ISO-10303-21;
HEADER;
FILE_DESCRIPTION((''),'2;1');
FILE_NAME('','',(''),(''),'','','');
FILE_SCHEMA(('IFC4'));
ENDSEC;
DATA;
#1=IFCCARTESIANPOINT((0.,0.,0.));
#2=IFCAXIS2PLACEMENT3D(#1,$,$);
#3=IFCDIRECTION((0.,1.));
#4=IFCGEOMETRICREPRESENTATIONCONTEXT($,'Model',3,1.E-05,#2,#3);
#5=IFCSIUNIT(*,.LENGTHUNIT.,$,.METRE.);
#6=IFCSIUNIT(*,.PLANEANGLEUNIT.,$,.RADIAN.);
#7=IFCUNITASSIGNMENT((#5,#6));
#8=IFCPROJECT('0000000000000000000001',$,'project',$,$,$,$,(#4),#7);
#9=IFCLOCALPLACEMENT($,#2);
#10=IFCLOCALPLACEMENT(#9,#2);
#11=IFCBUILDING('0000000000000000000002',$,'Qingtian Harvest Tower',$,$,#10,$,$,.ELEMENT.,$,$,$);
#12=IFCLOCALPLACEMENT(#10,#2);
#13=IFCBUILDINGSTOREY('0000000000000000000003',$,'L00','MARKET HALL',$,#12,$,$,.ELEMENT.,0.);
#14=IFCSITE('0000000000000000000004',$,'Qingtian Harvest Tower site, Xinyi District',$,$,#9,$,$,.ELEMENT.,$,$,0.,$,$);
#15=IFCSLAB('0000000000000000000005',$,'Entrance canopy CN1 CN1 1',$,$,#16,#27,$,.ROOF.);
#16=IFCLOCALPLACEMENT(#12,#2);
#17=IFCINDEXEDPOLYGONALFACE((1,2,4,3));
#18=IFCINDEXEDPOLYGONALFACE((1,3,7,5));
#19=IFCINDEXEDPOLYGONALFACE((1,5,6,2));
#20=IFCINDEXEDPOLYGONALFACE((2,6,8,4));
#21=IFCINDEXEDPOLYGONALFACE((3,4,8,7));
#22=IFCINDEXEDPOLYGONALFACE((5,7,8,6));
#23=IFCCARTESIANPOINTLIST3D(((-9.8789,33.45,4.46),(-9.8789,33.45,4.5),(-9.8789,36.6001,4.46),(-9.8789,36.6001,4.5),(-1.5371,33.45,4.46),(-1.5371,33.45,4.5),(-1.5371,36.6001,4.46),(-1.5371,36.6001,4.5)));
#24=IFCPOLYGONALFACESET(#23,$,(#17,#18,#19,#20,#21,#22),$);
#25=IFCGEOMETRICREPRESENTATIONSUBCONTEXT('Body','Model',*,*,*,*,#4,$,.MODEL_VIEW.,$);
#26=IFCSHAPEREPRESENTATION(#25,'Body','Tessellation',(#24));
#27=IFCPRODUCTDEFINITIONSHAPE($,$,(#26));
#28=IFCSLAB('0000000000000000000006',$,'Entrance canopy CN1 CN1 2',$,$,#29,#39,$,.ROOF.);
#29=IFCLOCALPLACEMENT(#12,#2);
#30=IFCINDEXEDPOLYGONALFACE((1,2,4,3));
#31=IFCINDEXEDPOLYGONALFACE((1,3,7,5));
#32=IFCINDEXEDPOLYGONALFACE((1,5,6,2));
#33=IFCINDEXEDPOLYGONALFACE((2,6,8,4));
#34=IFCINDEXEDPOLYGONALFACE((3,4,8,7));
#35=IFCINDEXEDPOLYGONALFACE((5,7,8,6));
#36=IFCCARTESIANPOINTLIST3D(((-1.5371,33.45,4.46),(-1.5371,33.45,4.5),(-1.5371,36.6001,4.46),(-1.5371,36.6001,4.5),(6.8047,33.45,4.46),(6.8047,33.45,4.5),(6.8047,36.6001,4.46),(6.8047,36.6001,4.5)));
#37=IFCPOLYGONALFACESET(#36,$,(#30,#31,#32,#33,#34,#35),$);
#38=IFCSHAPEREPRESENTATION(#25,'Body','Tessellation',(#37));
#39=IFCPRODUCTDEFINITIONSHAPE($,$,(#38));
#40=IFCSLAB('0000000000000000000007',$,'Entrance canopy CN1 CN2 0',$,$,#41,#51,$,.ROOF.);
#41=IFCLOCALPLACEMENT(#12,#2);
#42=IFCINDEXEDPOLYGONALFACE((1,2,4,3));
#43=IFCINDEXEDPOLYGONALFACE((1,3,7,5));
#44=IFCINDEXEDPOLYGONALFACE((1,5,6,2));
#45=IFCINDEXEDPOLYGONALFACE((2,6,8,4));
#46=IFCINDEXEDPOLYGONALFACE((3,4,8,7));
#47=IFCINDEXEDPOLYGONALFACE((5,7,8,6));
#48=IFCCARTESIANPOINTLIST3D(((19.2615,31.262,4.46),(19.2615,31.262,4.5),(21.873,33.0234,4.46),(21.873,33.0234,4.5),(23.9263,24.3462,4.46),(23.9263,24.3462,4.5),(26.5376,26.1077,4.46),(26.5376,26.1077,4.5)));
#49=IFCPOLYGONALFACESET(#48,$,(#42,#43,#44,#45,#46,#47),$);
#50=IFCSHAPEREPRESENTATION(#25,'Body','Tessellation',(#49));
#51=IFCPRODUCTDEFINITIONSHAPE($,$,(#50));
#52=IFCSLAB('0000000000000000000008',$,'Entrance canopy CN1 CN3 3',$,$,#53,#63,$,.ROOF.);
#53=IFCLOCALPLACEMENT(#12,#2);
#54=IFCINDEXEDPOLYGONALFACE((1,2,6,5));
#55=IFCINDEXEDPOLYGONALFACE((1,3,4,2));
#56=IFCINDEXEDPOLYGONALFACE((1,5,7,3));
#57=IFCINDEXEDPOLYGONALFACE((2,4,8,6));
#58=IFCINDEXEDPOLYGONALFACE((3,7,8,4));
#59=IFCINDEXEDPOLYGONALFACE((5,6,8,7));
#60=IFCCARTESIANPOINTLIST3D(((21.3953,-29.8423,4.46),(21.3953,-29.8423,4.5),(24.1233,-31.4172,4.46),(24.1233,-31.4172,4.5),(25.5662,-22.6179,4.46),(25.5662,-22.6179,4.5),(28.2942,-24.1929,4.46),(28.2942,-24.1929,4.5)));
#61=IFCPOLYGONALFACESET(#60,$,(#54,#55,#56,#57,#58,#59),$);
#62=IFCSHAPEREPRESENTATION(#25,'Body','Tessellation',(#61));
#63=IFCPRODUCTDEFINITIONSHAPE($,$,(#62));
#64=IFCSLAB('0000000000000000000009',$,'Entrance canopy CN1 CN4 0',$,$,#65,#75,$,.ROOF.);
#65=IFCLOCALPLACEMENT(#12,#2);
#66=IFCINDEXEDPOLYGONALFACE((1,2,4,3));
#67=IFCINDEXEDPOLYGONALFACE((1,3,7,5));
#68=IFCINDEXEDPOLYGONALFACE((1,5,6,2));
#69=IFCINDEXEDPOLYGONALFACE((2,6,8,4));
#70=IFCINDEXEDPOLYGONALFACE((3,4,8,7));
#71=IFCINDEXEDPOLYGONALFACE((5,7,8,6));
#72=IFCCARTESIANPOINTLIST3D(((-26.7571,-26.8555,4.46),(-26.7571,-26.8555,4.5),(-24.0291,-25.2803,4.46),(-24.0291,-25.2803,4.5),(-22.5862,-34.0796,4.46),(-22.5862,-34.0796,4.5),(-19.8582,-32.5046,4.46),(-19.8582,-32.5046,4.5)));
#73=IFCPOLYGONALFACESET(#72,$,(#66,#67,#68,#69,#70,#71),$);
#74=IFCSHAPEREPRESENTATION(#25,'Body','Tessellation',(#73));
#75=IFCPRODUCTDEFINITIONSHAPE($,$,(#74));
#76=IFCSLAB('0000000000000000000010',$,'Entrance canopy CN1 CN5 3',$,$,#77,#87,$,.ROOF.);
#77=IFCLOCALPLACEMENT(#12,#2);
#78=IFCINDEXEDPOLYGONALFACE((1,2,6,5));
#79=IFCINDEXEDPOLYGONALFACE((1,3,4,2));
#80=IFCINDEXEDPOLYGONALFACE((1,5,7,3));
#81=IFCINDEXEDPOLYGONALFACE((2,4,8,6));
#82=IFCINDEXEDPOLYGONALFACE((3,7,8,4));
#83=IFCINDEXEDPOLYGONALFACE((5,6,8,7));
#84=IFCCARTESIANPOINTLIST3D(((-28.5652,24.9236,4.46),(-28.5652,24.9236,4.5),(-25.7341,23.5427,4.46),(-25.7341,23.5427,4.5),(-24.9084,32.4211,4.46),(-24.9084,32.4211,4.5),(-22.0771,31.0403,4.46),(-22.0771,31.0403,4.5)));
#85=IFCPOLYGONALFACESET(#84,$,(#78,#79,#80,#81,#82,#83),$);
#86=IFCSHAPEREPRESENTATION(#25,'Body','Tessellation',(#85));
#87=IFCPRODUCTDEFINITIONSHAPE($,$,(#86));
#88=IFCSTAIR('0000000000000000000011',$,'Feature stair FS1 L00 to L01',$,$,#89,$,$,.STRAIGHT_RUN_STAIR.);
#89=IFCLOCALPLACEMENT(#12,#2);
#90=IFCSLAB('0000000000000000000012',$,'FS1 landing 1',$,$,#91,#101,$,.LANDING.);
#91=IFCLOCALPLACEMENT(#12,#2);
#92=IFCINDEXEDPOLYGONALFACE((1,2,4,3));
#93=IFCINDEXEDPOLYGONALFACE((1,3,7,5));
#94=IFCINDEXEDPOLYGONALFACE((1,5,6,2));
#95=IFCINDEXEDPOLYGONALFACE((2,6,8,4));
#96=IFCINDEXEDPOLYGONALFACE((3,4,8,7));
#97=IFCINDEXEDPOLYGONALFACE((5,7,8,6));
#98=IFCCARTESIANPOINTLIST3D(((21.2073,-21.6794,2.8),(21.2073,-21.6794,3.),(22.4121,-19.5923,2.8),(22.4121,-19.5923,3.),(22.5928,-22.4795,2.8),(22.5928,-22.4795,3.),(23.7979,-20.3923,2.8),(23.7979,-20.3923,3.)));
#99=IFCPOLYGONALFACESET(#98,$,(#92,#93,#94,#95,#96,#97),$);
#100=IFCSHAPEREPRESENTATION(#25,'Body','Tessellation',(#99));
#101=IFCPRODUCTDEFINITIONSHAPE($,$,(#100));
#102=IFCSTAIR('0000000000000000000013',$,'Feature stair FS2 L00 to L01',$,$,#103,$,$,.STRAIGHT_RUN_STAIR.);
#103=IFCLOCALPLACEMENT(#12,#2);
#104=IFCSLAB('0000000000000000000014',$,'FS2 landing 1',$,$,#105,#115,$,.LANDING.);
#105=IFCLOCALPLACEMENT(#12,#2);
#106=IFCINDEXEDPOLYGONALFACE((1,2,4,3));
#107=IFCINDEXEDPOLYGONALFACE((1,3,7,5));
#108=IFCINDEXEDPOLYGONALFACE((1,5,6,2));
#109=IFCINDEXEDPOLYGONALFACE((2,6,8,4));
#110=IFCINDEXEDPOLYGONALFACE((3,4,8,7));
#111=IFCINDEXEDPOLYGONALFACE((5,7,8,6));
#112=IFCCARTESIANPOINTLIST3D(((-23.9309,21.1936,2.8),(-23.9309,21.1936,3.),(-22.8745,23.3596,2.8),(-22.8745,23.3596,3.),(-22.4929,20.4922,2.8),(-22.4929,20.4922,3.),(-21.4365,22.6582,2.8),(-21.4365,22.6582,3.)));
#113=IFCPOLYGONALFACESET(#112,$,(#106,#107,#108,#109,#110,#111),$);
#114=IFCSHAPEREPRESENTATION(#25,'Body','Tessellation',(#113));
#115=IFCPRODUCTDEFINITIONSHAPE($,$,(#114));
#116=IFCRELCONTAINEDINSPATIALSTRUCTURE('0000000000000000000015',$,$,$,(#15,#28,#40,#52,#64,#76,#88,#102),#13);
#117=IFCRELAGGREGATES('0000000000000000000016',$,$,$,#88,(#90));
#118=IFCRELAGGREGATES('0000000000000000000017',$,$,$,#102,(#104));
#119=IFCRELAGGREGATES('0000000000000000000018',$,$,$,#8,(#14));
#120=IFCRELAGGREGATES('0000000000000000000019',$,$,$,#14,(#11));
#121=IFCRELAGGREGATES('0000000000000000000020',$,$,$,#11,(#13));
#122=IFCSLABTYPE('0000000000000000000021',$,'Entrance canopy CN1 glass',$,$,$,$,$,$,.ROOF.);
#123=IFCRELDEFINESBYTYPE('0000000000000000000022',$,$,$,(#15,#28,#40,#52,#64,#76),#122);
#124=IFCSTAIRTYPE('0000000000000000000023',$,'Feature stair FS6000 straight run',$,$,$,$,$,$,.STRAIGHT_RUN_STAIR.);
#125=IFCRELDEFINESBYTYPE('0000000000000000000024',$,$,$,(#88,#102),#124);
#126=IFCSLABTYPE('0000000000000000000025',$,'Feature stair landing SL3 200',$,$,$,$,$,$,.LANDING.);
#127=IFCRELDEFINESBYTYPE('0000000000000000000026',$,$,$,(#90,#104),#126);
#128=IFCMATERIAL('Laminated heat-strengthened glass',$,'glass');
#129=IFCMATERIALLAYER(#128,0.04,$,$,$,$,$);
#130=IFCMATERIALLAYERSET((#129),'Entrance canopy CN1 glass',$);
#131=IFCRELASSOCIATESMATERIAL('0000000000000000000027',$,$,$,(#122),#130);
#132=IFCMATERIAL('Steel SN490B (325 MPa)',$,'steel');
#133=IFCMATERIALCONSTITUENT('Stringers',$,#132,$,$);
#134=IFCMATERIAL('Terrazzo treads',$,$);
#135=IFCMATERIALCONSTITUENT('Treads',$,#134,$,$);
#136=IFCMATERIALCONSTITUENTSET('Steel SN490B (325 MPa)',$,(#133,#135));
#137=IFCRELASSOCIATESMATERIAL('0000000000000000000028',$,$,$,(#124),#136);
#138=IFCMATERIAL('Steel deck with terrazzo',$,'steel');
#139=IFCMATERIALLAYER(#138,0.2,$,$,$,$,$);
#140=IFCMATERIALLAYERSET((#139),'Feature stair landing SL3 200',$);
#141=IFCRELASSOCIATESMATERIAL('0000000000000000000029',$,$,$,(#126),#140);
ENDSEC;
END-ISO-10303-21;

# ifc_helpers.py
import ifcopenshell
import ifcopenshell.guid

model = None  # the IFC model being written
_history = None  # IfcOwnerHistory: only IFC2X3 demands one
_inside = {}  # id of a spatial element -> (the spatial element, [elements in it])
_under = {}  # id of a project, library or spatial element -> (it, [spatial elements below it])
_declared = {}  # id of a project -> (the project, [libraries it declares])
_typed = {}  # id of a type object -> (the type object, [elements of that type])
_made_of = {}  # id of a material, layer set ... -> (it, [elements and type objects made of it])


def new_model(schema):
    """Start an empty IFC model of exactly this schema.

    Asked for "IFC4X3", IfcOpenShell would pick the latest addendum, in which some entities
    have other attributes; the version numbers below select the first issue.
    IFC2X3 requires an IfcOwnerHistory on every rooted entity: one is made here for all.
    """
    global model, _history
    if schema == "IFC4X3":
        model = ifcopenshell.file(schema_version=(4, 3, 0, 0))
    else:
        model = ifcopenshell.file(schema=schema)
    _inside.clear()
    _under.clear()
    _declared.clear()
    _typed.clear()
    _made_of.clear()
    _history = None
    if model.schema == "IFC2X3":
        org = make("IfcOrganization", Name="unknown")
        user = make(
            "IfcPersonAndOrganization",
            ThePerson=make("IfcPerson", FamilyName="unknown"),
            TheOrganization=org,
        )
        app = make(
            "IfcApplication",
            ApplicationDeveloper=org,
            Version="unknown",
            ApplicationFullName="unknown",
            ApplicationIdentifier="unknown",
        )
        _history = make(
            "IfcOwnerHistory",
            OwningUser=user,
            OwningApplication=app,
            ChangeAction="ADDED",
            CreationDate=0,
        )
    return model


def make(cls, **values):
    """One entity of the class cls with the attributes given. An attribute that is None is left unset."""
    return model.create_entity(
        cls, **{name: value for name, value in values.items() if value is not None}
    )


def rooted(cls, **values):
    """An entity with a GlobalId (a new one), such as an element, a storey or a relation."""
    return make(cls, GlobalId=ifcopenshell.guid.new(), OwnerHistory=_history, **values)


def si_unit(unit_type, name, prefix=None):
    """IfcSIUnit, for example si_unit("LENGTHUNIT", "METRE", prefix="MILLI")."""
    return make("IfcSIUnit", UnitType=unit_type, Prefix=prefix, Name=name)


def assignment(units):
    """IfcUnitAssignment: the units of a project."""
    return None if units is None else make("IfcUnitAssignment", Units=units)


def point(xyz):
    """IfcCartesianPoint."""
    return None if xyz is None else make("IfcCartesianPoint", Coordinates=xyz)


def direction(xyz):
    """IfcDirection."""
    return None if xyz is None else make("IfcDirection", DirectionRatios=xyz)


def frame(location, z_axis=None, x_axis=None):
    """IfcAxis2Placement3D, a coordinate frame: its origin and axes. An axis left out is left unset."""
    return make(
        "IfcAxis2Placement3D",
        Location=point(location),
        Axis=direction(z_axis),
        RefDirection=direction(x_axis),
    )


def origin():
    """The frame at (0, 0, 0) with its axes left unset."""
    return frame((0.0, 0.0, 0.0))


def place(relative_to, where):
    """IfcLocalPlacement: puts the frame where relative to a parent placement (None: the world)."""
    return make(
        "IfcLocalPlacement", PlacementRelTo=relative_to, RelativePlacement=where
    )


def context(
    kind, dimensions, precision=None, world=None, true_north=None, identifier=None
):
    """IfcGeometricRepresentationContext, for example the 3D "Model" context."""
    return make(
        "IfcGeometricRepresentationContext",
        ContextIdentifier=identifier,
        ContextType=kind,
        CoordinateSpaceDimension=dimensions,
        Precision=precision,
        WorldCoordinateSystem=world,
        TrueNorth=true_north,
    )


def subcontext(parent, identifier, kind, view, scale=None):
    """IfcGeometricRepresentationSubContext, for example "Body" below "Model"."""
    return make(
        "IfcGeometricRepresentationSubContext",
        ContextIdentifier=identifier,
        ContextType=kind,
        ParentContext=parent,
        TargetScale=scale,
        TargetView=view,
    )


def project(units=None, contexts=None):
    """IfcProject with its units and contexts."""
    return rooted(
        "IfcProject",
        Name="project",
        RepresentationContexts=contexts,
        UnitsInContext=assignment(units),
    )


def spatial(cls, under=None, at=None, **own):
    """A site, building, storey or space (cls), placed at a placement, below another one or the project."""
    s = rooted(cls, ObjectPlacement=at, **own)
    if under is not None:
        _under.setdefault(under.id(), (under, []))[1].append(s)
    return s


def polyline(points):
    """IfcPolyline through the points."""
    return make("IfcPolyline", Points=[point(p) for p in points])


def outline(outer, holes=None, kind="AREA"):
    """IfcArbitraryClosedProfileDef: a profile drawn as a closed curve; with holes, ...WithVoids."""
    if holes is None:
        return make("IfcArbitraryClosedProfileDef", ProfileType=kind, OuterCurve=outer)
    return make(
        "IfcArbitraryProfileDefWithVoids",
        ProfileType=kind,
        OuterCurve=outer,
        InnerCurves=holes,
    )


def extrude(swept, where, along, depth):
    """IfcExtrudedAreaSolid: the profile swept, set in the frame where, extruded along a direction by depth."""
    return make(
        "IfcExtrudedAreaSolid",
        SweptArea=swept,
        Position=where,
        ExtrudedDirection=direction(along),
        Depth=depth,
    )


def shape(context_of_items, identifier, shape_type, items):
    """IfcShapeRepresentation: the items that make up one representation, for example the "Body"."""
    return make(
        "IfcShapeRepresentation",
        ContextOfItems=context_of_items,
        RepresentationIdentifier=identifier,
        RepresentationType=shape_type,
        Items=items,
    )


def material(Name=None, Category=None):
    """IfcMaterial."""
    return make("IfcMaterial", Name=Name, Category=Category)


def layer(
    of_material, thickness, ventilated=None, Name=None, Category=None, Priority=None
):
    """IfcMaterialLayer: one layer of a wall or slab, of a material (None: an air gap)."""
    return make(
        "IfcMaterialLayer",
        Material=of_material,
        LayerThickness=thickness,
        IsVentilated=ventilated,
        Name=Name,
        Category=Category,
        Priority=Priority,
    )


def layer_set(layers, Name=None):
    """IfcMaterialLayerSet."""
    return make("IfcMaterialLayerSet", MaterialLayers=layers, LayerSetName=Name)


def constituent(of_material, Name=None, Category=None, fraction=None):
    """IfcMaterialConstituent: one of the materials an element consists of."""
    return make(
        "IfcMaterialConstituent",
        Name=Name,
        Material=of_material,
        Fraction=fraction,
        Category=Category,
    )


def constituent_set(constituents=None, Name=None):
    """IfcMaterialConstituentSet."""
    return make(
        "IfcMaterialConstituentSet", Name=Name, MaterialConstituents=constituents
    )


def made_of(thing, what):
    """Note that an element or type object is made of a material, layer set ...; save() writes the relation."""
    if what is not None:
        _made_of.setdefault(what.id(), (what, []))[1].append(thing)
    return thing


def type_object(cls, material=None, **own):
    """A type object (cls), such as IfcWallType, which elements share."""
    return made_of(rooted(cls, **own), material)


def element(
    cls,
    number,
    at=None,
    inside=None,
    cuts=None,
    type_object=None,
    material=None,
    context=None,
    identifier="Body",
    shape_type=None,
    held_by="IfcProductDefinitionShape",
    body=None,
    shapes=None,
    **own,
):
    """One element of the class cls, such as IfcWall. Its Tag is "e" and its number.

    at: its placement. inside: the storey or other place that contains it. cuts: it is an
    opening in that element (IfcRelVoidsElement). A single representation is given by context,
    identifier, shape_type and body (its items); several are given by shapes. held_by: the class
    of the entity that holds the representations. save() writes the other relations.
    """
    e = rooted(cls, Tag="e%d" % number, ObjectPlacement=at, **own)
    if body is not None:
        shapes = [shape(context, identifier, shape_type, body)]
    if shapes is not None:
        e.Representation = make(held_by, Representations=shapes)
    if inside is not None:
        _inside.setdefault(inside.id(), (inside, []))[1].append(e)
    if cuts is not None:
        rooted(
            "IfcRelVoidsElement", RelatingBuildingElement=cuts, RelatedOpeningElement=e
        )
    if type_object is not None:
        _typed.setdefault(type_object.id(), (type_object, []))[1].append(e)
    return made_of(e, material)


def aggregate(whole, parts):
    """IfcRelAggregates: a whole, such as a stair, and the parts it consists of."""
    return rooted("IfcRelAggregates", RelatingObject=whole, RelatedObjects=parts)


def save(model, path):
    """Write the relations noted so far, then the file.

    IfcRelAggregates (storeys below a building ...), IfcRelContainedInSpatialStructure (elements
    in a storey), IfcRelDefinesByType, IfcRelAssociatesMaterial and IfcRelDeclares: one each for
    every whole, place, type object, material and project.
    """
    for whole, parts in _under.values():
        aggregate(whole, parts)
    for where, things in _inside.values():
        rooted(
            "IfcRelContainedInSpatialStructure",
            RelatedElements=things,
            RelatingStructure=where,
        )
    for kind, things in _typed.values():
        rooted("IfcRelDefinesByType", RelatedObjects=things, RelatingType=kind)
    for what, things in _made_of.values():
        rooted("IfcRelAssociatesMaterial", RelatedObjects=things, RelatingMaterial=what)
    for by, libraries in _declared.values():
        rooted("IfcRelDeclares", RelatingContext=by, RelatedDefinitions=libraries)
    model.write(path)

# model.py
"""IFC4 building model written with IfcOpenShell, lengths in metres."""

from ifc_helpers import new_model, si_unit, direction, frame, origin, place, context, subcontext, project, spatial, polyline, outline, extrude, material, layer, layer_set, constituent, constituent_set, type_object, element, aggregate, save


model = new_model("IFC4")

# Units and contexts
model_context = context("Model", 3, precision=1e-05, world=origin(), true_north=direction((0.0, 1.0)))
body_context = subcontext(model_context, "Body", "Model", "MODEL_VIEW")
ifc_project = project(units=[si_unit("LENGTHUNIT", "METRE"), si_unit("PLANEANGLEUNIT", "RADIAN")], contexts=[model_context])

# Site, building, storey
site_placement = place(None, origin())
site = spatial("IfcSite", under=ifc_project, at=site_placement, Name="Qingtian Harvest Tower site, Xinyi District", CompositionType="ELEMENT", RefElevation=0.0)
building_placement = place(site_placement, origin())
building = spatial("IfcBuilding", under=site, at=building_placement, Name="Qingtian Harvest Tower", CompositionType="ELEMENT")
storey_placement = place(building_placement, origin())
storey = spatial("IfcBuildingStorey", under=building, at=storey_placement, Name="L00", Description="MARKET HALL", CompositionType="ELEMENT", Elevation=0.0)

# Slabs
ifc_material_1 = material(Name="Laminated heat-strengthened glass", Category="glass")
ifc_layer_1 = layer(ifc_material_1, 0.04)
ifc_layer_set_1 = layer_set([ifc_layer_1], Name="Entrance canopy CN1 glass")
slab_type_1 = type_object("IfcSlabType", Name="Entrance canopy CN1 glass", PredefinedType="ROOF", material=ifc_layer_set_1)
slab_1_placement = place(storey_placement, frame((0.0, 0.0, 4.46)))
element("IfcSlab", 1, at=slab_1_placement, inside=storey, type_object=slab_type_1, Name="Entrance canopy CN1 CN1 1", PredefinedType="ROOF", context=body_context, shape_type="SweptSolid", body=[
    extrude(outline(polyline([(-9.8789, 33.45), (-1.5371, 33.45), (-1.5371, 36.6001), (-9.8789, 36.6001), (-9.8789, 33.45)])), origin(), (0.0, 0.0, 1.0), 0.04),
])
slab_2_placement = place(storey_placement, frame((0.0, 0.0, 4.46)))
element("IfcSlab", 2, at=slab_2_placement, inside=storey, type_object=slab_type_1, Name="Entrance canopy CN1 CN1 2", PredefinedType="ROOF", context=body_context, shape_type="SweptSolid", body=[
    extrude(outline(polyline([(-1.5371, 33.45), (6.8047, 33.45), (6.8047, 36.6001), (-1.5371, 36.6001), (-1.5371, 33.45)])), origin(), (0.0, 0.0, 1.0), 0.04),
])
slab_3_placement = place(storey_placement, frame((0.0, 0.0, 4.46)))
element("IfcSlab", 3, at=slab_3_placement, inside=storey, type_object=slab_type_1, Name="Entrance canopy CN1 CN2 0", PredefinedType="ROOF", context=body_context, shape_type="SweptSolid", body=[
    extrude(outline(polyline([(19.2615, 31.262), (23.9263, 24.3462), (26.5376, 26.1077), (21.873, 33.0234), (19.2615, 31.262)])), origin(), (0.0, 0.0, 1.0), 0.04),
])
slab_4_placement = place(storey_placement, frame((0.0, 0.0, 4.46)))
element("IfcSlab", 4, at=slab_4_placement, inside=storey, type_object=slab_type_1, Name="Entrance canopy CN1 CN3 3", PredefinedType="ROOF", context=body_context, shape_type="SweptSolid", body=[
    extrude(outline(polyline([(25.5662, -22.6179), (21.3953, -29.8423), (24.1233, -31.4172), (28.2942, -24.1929), (25.5662, -22.6179)])), origin(), (0.0, 0.0, 1.0), 0.04),
])
slab_5_placement = place(storey_placement, frame((0.0, 0.0, 4.46)))
element("IfcSlab", 5, at=slab_5_placement, inside=storey, type_object=slab_type_1, Name="Entrance canopy CN1 CN4 0", PredefinedType="ROOF", context=body_context, shape_type="SweptSolid", body=[
    extrude(outline(polyline([(-19.8582, -32.5046), (-24.0291, -25.2803), (-26.7571, -26.8555), (-22.5862, -34.0796), (-19.8582, -32.5046)])), origin(), (0.0, 0.0, 1.0), 0.04),
])
slab_6_placement = place(storey_placement, frame((0.0, 0.0, 4.46)))
element("IfcSlab", 6, at=slab_6_placement, inside=storey, type_object=slab_type_1, Name="Entrance canopy CN1 CN5 3", PredefinedType="ROOF", context=body_context, shape_type="SweptSolid", body=[
    extrude(outline(polyline([(-25.7341, 23.5427), (-22.0771, 31.0403), (-24.9084, 32.4211), (-28.5652, 24.9236), (-25.7341, 23.5427)])), origin(), (0.0, 0.0, 1.0), 0.04),
])

# Stairs, slabs
ifc_material_2 = material(Name="Steel SN490B (325 MPa)", Category="steel")
ifc_constituent_1 = constituent(ifc_material_2, Name="Stringers")
ifc_material_3 = material(Name="Terrazzo treads")
ifc_constituent_2 = constituent(ifc_material_3, Name="Treads")
ifc_constituent_set = constituent_set(constituents=[ifc_constituent_1, ifc_constituent_2], Name="Steel SN490B (325 MPa)")
stair_type = type_object("IfcStairType", Name="Feature stair FS6000 straight run", PredefinedType="STRAIGHT_RUN_STAIR", material=ifc_constituent_set)
stair_1_placement = place(storey_placement, origin())
stair_1 = element("IfcStair", 7, at=stair_1_placement, inside=storey, type_object=stair_type, Name="Feature stair FS1 L00 to L01", PredefinedType="STRAIGHT_RUN_STAIR")
ifc_material_4 = material(Name="Steel deck with terrazzo", Category="steel")
ifc_layer_2 = layer(ifc_material_4, 0.2)
ifc_layer_set_2 = layer_set([ifc_layer_2], Name="Feature stair landing SL3 200")
slab_type_2 = type_object("IfcSlabType", Name="Feature stair landing SL3 200", PredefinedType="LANDING", material=ifc_layer_set_2)
slab_7_placement = place(storey_placement, frame((0.0, 0.0, 2.8)))
slab_7 = element("IfcSlab", 8, at=slab_7_placement, type_object=slab_type_2, Name="FS1 landing 1", PredefinedType="LANDING", context=body_context, shape_type="SweptSolid", body=[
    extrude(outline(polyline([(21.2073, -21.6794), (22.4121, -19.5923), (23.7979, -20.3923), (22.5928, -22.4795), (21.2073, -21.6794)])), origin(), (0.0, 0.0, 1.0), 0.2),
])
aggregate(stair_1, [slab_7])
stair_2_placement = place(storey_placement, origin())
stair_2 = element("IfcStair", 9, at=stair_2_placement, inside=storey, type_object=stair_type, Name="Feature stair FS2 L00 to L01", PredefinedType="STRAIGHT_RUN_STAIR")
slab_8_placement = place(storey_placement, frame((0.0, 0.0, 2.8)))
slab_8 = element("IfcSlab", 10, at=slab_8_placement, type_object=slab_type_2, Name="FS2 landing 1", PredefinedType="LANDING", context=body_context, shape_type="SweptSolid", body=[
    extrude(outline(polyline([(-22.4929, 20.4922), (-23.9309, 21.1936), (-22.8745, 23.3596), (-21.4365, 22.6582), (-22.4929, 20.4922)])), origin(), (0.0, 0.0, 1.0), 0.2),
])
aggregate(stair_2, [slab_8])

save(model, "model.ifc")
